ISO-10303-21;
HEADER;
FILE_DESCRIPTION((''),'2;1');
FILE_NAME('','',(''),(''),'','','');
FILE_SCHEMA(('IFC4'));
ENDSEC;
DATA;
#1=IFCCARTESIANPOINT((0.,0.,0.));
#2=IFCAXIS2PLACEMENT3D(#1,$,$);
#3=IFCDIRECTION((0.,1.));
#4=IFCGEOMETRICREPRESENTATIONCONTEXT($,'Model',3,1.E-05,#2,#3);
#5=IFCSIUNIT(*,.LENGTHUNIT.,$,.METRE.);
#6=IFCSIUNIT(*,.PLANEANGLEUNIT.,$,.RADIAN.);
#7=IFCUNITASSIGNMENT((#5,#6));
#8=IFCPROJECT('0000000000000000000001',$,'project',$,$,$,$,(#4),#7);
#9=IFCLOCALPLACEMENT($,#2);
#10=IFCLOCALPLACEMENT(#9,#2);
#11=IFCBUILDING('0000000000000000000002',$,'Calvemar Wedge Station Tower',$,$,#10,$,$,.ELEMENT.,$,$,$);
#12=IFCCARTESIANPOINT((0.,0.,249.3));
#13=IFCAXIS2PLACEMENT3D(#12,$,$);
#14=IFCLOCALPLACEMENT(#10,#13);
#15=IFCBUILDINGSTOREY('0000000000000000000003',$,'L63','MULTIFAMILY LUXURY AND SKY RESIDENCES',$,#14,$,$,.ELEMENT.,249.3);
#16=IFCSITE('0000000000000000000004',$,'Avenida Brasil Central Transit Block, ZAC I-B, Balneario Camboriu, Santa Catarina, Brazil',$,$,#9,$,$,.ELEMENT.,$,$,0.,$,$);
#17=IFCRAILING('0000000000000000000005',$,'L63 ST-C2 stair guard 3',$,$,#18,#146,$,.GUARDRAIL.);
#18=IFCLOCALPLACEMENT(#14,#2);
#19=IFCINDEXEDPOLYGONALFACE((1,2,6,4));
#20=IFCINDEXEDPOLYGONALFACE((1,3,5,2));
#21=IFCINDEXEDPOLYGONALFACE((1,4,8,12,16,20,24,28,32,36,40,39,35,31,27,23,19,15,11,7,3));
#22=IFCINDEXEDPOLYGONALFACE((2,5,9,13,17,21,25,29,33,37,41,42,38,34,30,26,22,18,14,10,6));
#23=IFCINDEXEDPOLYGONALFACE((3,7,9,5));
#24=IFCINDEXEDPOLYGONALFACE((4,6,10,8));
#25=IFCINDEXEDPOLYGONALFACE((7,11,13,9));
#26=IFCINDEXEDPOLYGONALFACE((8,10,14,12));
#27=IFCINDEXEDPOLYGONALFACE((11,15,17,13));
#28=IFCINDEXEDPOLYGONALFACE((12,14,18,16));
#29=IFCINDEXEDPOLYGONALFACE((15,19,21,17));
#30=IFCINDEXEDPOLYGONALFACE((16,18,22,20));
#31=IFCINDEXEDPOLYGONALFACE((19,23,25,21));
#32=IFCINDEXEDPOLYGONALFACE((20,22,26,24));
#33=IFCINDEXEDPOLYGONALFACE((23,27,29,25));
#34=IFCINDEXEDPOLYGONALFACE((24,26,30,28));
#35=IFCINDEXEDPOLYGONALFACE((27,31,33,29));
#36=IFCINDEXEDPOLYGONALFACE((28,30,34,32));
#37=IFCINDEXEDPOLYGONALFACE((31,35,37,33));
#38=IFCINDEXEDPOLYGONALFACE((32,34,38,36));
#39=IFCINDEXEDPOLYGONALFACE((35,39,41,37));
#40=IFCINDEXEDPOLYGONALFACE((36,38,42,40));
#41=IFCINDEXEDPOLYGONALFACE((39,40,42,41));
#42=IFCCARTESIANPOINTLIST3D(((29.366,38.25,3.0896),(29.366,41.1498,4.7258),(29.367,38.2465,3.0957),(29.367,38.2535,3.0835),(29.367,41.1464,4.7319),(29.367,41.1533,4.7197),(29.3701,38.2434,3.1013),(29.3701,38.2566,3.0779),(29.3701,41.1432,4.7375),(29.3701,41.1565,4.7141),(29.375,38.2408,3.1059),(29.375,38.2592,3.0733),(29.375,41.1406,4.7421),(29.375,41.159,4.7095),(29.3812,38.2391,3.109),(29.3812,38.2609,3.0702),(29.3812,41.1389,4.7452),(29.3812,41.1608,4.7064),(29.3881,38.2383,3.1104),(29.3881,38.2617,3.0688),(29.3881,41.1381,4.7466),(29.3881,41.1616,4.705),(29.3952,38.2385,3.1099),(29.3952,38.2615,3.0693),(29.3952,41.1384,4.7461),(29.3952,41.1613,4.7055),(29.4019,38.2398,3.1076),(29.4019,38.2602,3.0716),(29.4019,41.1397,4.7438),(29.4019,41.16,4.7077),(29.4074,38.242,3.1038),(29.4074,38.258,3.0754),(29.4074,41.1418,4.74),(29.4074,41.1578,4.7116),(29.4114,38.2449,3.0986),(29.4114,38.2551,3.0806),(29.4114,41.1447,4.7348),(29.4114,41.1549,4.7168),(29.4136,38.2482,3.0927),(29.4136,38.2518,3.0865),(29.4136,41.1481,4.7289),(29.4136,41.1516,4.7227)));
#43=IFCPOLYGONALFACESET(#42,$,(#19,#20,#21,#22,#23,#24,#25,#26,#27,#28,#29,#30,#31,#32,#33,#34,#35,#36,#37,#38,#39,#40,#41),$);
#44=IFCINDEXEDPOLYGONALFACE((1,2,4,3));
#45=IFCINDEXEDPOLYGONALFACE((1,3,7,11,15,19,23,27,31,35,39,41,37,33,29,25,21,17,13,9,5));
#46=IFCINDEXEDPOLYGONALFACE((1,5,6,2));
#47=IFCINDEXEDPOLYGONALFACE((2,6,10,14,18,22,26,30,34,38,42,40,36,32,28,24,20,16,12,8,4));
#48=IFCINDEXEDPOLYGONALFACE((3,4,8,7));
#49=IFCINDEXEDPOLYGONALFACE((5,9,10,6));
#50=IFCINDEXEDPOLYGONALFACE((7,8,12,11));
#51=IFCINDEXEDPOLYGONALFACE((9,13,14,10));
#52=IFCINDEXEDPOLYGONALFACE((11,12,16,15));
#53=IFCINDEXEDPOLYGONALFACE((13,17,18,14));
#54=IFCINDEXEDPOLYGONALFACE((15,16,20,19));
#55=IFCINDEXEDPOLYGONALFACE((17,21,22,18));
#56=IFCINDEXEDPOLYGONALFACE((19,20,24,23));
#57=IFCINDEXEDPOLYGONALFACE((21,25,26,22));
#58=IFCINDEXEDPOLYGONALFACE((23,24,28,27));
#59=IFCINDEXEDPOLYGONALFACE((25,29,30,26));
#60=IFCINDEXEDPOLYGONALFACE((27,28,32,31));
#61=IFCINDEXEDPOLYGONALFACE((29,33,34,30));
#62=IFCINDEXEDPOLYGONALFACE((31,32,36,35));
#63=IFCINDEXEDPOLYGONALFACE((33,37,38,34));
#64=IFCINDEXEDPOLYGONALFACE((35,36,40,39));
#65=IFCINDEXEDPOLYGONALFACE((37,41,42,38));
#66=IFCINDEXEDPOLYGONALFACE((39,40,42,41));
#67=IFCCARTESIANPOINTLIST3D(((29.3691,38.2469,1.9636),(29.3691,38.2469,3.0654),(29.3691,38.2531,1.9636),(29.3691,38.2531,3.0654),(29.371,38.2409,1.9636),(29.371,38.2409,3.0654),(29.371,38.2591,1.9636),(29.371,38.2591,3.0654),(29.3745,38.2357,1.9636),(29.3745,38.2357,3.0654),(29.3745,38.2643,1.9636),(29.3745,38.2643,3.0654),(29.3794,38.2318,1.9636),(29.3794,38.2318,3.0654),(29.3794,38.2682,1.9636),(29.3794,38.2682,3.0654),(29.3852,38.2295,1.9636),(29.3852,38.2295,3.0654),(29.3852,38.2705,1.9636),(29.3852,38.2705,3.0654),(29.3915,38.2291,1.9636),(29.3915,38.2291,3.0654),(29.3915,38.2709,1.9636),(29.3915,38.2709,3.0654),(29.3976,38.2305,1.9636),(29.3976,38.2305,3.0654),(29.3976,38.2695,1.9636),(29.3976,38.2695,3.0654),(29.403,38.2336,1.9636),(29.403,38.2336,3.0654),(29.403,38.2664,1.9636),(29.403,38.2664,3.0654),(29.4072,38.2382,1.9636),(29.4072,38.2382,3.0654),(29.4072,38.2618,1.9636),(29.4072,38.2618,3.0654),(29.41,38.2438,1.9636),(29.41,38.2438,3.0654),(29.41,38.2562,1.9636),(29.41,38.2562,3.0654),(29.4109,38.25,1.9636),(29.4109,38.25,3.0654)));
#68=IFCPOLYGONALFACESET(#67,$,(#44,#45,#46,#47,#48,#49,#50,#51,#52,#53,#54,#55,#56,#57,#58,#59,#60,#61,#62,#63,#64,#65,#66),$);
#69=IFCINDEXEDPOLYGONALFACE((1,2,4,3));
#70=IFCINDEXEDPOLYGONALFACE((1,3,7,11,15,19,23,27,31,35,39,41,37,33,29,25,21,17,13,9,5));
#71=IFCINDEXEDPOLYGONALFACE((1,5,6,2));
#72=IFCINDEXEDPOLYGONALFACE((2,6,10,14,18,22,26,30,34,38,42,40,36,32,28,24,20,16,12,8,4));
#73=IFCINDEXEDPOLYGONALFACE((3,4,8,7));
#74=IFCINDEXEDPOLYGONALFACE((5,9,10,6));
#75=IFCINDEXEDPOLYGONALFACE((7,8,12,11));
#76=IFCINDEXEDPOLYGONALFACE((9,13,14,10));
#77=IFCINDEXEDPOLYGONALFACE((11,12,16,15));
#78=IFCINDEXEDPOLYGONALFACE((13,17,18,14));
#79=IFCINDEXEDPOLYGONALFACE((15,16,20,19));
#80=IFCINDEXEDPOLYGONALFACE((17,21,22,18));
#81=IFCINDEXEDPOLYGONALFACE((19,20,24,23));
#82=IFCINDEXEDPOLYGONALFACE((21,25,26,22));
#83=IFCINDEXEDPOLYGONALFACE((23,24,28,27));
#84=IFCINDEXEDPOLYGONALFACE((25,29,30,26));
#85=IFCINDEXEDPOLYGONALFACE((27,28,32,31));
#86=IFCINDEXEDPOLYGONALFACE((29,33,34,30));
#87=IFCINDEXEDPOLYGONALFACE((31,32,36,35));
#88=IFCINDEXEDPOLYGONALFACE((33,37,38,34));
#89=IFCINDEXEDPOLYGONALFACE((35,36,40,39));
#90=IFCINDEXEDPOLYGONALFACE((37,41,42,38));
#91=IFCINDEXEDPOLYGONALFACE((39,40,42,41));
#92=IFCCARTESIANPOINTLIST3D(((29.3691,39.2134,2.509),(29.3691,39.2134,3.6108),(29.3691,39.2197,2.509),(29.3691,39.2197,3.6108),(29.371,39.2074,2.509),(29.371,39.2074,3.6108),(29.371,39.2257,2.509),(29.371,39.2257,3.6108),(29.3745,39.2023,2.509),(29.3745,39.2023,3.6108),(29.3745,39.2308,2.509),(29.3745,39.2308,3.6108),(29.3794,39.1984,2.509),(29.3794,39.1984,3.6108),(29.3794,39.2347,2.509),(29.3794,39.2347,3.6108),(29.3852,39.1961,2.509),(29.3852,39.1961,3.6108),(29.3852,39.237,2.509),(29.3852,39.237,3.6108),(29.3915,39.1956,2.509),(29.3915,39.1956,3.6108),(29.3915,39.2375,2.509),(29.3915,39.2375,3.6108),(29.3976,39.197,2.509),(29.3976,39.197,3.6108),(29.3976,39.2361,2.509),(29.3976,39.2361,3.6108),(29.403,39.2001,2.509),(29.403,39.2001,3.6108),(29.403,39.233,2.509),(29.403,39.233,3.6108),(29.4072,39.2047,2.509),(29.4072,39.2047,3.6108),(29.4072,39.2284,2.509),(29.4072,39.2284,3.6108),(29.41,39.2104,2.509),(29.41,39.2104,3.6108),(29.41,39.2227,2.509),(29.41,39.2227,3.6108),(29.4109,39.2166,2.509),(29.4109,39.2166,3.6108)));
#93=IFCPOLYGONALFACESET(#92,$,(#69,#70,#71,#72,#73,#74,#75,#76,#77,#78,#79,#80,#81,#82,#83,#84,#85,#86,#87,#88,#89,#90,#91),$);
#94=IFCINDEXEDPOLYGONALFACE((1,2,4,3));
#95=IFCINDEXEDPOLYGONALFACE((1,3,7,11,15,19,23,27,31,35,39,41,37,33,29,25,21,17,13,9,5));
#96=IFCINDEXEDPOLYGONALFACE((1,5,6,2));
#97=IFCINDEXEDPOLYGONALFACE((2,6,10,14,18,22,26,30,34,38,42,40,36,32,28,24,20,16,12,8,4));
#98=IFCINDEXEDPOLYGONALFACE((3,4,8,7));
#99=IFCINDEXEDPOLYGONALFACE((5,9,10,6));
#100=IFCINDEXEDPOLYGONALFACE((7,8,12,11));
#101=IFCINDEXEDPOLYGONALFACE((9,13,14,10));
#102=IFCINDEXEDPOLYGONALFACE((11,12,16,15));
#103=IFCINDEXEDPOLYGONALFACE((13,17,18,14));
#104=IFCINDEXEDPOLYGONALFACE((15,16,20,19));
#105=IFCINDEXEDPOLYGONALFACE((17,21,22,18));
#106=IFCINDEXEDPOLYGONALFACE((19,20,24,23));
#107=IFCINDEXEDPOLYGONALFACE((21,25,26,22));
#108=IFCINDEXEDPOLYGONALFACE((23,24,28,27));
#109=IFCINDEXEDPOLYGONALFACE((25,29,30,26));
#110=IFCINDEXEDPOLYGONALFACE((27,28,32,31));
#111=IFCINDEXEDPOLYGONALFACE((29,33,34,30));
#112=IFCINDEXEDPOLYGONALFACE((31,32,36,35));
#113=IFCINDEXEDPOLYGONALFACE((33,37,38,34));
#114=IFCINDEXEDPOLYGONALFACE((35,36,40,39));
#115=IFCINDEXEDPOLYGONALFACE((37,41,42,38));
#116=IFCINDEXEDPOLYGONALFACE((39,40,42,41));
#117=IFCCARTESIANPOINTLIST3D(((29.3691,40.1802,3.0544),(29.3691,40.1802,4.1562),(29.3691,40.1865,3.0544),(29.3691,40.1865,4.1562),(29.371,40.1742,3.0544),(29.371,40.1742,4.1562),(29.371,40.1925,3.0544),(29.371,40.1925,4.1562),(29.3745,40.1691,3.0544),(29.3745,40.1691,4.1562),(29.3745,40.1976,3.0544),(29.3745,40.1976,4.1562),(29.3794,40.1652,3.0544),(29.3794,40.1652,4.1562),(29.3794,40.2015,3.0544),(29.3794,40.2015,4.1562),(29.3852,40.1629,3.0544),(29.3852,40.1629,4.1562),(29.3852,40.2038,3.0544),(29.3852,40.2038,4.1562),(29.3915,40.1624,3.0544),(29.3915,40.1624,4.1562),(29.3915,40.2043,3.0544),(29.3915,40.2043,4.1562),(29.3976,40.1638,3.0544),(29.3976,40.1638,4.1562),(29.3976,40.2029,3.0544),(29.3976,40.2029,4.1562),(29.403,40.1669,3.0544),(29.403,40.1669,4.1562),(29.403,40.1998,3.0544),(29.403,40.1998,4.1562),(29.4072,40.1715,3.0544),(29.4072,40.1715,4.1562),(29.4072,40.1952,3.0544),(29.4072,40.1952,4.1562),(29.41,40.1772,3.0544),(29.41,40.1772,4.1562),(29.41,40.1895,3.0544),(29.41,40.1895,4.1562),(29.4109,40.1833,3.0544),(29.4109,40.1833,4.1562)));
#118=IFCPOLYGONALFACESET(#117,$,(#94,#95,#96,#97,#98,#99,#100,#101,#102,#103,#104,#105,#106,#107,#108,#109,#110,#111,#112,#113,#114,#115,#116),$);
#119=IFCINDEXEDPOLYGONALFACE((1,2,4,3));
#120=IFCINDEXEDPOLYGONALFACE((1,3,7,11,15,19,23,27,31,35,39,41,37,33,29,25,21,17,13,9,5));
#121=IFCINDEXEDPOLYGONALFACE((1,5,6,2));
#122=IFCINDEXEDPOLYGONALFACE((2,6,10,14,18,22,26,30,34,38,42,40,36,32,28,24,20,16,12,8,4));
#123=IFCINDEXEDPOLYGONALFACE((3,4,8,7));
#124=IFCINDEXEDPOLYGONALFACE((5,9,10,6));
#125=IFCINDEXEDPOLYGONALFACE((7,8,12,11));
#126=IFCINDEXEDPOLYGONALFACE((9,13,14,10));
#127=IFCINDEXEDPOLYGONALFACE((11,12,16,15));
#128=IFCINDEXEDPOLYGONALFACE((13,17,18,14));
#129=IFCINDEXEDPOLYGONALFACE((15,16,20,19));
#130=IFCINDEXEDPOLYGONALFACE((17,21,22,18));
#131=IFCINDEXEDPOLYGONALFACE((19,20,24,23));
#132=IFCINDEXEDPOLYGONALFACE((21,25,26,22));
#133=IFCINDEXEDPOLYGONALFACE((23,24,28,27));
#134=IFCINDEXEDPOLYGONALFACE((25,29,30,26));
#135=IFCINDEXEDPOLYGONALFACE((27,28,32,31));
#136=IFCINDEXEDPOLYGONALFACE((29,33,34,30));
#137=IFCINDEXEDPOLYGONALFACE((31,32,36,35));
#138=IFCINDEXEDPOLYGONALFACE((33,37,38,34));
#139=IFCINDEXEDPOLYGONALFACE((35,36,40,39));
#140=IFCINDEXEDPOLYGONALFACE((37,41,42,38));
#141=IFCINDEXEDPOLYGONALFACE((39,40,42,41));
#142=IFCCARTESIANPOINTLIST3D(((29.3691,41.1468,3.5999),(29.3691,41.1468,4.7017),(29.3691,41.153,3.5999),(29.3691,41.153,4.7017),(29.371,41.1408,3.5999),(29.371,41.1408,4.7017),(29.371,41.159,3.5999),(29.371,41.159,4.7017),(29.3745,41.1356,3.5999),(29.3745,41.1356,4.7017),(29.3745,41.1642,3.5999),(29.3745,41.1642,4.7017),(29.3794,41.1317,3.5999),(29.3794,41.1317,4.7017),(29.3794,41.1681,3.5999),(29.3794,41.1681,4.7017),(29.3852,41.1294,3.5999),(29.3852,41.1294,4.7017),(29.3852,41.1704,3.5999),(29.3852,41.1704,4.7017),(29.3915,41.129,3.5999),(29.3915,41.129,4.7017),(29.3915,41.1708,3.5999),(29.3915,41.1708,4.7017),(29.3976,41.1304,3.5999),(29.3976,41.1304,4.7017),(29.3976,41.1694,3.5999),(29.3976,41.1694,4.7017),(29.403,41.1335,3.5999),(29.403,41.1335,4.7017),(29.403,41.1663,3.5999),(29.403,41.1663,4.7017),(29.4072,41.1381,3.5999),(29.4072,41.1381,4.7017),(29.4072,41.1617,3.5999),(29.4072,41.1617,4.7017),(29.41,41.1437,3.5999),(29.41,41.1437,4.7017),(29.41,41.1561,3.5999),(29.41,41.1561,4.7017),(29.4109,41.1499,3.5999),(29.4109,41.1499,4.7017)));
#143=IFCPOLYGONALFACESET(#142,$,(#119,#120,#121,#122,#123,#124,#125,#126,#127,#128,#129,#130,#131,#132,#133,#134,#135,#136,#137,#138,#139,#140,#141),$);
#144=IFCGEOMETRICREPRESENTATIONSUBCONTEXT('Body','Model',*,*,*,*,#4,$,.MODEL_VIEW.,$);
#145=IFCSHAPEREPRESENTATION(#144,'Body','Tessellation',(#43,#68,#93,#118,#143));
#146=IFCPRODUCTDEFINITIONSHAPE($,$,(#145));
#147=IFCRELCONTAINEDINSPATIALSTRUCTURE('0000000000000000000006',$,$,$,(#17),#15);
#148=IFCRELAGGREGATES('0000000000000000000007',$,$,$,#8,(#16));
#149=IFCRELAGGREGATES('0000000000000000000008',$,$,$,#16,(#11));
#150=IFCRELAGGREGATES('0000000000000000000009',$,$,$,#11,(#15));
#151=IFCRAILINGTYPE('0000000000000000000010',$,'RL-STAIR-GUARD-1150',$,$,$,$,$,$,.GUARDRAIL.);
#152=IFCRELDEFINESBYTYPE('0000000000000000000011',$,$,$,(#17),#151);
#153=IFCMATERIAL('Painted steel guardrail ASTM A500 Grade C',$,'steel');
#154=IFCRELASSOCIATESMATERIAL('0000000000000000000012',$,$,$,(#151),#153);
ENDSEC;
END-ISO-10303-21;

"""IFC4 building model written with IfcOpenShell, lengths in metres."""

from ifc_helpers import new_model, si_unit, direction, frame, origin, origin_2d, place, context, subcontext, project, spatial, circle, extrude, material, type_object, element, save


model = new_model("IFC4")

# Units and contexts
model_context = context("Model", 3, precision=1e-05, world=origin(), true_north=direction((0.0, 1.0)))
body_context = subcontext(model_context, "Body", "Model", "MODEL_VIEW")
ifc_project = project(units=[si_unit("LENGTHUNIT", "METRE"), si_unit("PLANEANGLEUNIT", "RADIAN")], contexts=[model_context])

# Site, building, storey
site_placement = place(None, origin())
site = spatial("IfcSite", under=ifc_project, at=site_placement, Name="Avenida Brasil Central Transit Block, ZAC I-B, Balneario Camboriu, Santa Catarina, Brazil", CompositionType="ELEMENT", RefElevation=0.0)
building_placement = place(site_placement, origin())
building = spatial("IfcBuilding", under=site, at=building_placement, Name="Calvemar Wedge Station Tower", CompositionType="ELEMENT")
storey_placement = place(building_placement, frame((0.0, 0.0, 249.3)))
storey = spatial("IfcBuildingStorey", under=building, at=storey_placement, Name="L63", Description="MULTIFAMILY LUXURY AND SKY RESIDENCES", CompositionType="ELEMENT", Elevation=249.3)

# Railing
ifc_material_1 = material(Name="Painted steel guardrail ASTM A500 Grade C", Category="steel")
railing_type_1 = type_object("IfcRailingType", Name="RL-STAIR-GUARD-1150", PredefinedType="GUARDRAIL", material=ifc_material_1)
railing_1_placement = place(storey_placement, frame((29.3899, 38.25, 1.9636)))
element("IfcRailing", 1, at=railing_1_placement, inside=storey, type_object=railing_type_1, Name="L63 ST-C2 stair guard 3", PredefinedType="GUARDRAIL", context=body_context, shape_type="SweptSolid", body=[
    extrude(circle(Radius=0.0239, at=origin_2d()), frame((0.0, 0.0, 1.126), z_axis=(0.0, 0.870929, 0.49141), x_axis=(-1.0, 0.0, 0.0)), (0.0, 0.0, 1.0), 3.3296),
    extrude(circle(Radius=0.021, at=origin_2d()), origin(), (0.0, 0.0, 1.0), 1.1018),
    extrude(circle(Radius=0.021, at=origin_2d()), frame((0.0, 0.9666, 0.5454)), (0.0, 0.0, 1.0), 1.1018),
    extrude(circle(Radius=0.021, at=origin_2d()), frame((0.0, 1.9333, 1.0908)), (0.0, 0.0, 1.0), 1.1018),
    extrude(circle(Radius=0.021, at=origin_2d()), frame((0.0, 2.8999, 1.6362)), (0.0, 0.0, 1.0), 1.1018),
])

save(model, "model.ifc")
